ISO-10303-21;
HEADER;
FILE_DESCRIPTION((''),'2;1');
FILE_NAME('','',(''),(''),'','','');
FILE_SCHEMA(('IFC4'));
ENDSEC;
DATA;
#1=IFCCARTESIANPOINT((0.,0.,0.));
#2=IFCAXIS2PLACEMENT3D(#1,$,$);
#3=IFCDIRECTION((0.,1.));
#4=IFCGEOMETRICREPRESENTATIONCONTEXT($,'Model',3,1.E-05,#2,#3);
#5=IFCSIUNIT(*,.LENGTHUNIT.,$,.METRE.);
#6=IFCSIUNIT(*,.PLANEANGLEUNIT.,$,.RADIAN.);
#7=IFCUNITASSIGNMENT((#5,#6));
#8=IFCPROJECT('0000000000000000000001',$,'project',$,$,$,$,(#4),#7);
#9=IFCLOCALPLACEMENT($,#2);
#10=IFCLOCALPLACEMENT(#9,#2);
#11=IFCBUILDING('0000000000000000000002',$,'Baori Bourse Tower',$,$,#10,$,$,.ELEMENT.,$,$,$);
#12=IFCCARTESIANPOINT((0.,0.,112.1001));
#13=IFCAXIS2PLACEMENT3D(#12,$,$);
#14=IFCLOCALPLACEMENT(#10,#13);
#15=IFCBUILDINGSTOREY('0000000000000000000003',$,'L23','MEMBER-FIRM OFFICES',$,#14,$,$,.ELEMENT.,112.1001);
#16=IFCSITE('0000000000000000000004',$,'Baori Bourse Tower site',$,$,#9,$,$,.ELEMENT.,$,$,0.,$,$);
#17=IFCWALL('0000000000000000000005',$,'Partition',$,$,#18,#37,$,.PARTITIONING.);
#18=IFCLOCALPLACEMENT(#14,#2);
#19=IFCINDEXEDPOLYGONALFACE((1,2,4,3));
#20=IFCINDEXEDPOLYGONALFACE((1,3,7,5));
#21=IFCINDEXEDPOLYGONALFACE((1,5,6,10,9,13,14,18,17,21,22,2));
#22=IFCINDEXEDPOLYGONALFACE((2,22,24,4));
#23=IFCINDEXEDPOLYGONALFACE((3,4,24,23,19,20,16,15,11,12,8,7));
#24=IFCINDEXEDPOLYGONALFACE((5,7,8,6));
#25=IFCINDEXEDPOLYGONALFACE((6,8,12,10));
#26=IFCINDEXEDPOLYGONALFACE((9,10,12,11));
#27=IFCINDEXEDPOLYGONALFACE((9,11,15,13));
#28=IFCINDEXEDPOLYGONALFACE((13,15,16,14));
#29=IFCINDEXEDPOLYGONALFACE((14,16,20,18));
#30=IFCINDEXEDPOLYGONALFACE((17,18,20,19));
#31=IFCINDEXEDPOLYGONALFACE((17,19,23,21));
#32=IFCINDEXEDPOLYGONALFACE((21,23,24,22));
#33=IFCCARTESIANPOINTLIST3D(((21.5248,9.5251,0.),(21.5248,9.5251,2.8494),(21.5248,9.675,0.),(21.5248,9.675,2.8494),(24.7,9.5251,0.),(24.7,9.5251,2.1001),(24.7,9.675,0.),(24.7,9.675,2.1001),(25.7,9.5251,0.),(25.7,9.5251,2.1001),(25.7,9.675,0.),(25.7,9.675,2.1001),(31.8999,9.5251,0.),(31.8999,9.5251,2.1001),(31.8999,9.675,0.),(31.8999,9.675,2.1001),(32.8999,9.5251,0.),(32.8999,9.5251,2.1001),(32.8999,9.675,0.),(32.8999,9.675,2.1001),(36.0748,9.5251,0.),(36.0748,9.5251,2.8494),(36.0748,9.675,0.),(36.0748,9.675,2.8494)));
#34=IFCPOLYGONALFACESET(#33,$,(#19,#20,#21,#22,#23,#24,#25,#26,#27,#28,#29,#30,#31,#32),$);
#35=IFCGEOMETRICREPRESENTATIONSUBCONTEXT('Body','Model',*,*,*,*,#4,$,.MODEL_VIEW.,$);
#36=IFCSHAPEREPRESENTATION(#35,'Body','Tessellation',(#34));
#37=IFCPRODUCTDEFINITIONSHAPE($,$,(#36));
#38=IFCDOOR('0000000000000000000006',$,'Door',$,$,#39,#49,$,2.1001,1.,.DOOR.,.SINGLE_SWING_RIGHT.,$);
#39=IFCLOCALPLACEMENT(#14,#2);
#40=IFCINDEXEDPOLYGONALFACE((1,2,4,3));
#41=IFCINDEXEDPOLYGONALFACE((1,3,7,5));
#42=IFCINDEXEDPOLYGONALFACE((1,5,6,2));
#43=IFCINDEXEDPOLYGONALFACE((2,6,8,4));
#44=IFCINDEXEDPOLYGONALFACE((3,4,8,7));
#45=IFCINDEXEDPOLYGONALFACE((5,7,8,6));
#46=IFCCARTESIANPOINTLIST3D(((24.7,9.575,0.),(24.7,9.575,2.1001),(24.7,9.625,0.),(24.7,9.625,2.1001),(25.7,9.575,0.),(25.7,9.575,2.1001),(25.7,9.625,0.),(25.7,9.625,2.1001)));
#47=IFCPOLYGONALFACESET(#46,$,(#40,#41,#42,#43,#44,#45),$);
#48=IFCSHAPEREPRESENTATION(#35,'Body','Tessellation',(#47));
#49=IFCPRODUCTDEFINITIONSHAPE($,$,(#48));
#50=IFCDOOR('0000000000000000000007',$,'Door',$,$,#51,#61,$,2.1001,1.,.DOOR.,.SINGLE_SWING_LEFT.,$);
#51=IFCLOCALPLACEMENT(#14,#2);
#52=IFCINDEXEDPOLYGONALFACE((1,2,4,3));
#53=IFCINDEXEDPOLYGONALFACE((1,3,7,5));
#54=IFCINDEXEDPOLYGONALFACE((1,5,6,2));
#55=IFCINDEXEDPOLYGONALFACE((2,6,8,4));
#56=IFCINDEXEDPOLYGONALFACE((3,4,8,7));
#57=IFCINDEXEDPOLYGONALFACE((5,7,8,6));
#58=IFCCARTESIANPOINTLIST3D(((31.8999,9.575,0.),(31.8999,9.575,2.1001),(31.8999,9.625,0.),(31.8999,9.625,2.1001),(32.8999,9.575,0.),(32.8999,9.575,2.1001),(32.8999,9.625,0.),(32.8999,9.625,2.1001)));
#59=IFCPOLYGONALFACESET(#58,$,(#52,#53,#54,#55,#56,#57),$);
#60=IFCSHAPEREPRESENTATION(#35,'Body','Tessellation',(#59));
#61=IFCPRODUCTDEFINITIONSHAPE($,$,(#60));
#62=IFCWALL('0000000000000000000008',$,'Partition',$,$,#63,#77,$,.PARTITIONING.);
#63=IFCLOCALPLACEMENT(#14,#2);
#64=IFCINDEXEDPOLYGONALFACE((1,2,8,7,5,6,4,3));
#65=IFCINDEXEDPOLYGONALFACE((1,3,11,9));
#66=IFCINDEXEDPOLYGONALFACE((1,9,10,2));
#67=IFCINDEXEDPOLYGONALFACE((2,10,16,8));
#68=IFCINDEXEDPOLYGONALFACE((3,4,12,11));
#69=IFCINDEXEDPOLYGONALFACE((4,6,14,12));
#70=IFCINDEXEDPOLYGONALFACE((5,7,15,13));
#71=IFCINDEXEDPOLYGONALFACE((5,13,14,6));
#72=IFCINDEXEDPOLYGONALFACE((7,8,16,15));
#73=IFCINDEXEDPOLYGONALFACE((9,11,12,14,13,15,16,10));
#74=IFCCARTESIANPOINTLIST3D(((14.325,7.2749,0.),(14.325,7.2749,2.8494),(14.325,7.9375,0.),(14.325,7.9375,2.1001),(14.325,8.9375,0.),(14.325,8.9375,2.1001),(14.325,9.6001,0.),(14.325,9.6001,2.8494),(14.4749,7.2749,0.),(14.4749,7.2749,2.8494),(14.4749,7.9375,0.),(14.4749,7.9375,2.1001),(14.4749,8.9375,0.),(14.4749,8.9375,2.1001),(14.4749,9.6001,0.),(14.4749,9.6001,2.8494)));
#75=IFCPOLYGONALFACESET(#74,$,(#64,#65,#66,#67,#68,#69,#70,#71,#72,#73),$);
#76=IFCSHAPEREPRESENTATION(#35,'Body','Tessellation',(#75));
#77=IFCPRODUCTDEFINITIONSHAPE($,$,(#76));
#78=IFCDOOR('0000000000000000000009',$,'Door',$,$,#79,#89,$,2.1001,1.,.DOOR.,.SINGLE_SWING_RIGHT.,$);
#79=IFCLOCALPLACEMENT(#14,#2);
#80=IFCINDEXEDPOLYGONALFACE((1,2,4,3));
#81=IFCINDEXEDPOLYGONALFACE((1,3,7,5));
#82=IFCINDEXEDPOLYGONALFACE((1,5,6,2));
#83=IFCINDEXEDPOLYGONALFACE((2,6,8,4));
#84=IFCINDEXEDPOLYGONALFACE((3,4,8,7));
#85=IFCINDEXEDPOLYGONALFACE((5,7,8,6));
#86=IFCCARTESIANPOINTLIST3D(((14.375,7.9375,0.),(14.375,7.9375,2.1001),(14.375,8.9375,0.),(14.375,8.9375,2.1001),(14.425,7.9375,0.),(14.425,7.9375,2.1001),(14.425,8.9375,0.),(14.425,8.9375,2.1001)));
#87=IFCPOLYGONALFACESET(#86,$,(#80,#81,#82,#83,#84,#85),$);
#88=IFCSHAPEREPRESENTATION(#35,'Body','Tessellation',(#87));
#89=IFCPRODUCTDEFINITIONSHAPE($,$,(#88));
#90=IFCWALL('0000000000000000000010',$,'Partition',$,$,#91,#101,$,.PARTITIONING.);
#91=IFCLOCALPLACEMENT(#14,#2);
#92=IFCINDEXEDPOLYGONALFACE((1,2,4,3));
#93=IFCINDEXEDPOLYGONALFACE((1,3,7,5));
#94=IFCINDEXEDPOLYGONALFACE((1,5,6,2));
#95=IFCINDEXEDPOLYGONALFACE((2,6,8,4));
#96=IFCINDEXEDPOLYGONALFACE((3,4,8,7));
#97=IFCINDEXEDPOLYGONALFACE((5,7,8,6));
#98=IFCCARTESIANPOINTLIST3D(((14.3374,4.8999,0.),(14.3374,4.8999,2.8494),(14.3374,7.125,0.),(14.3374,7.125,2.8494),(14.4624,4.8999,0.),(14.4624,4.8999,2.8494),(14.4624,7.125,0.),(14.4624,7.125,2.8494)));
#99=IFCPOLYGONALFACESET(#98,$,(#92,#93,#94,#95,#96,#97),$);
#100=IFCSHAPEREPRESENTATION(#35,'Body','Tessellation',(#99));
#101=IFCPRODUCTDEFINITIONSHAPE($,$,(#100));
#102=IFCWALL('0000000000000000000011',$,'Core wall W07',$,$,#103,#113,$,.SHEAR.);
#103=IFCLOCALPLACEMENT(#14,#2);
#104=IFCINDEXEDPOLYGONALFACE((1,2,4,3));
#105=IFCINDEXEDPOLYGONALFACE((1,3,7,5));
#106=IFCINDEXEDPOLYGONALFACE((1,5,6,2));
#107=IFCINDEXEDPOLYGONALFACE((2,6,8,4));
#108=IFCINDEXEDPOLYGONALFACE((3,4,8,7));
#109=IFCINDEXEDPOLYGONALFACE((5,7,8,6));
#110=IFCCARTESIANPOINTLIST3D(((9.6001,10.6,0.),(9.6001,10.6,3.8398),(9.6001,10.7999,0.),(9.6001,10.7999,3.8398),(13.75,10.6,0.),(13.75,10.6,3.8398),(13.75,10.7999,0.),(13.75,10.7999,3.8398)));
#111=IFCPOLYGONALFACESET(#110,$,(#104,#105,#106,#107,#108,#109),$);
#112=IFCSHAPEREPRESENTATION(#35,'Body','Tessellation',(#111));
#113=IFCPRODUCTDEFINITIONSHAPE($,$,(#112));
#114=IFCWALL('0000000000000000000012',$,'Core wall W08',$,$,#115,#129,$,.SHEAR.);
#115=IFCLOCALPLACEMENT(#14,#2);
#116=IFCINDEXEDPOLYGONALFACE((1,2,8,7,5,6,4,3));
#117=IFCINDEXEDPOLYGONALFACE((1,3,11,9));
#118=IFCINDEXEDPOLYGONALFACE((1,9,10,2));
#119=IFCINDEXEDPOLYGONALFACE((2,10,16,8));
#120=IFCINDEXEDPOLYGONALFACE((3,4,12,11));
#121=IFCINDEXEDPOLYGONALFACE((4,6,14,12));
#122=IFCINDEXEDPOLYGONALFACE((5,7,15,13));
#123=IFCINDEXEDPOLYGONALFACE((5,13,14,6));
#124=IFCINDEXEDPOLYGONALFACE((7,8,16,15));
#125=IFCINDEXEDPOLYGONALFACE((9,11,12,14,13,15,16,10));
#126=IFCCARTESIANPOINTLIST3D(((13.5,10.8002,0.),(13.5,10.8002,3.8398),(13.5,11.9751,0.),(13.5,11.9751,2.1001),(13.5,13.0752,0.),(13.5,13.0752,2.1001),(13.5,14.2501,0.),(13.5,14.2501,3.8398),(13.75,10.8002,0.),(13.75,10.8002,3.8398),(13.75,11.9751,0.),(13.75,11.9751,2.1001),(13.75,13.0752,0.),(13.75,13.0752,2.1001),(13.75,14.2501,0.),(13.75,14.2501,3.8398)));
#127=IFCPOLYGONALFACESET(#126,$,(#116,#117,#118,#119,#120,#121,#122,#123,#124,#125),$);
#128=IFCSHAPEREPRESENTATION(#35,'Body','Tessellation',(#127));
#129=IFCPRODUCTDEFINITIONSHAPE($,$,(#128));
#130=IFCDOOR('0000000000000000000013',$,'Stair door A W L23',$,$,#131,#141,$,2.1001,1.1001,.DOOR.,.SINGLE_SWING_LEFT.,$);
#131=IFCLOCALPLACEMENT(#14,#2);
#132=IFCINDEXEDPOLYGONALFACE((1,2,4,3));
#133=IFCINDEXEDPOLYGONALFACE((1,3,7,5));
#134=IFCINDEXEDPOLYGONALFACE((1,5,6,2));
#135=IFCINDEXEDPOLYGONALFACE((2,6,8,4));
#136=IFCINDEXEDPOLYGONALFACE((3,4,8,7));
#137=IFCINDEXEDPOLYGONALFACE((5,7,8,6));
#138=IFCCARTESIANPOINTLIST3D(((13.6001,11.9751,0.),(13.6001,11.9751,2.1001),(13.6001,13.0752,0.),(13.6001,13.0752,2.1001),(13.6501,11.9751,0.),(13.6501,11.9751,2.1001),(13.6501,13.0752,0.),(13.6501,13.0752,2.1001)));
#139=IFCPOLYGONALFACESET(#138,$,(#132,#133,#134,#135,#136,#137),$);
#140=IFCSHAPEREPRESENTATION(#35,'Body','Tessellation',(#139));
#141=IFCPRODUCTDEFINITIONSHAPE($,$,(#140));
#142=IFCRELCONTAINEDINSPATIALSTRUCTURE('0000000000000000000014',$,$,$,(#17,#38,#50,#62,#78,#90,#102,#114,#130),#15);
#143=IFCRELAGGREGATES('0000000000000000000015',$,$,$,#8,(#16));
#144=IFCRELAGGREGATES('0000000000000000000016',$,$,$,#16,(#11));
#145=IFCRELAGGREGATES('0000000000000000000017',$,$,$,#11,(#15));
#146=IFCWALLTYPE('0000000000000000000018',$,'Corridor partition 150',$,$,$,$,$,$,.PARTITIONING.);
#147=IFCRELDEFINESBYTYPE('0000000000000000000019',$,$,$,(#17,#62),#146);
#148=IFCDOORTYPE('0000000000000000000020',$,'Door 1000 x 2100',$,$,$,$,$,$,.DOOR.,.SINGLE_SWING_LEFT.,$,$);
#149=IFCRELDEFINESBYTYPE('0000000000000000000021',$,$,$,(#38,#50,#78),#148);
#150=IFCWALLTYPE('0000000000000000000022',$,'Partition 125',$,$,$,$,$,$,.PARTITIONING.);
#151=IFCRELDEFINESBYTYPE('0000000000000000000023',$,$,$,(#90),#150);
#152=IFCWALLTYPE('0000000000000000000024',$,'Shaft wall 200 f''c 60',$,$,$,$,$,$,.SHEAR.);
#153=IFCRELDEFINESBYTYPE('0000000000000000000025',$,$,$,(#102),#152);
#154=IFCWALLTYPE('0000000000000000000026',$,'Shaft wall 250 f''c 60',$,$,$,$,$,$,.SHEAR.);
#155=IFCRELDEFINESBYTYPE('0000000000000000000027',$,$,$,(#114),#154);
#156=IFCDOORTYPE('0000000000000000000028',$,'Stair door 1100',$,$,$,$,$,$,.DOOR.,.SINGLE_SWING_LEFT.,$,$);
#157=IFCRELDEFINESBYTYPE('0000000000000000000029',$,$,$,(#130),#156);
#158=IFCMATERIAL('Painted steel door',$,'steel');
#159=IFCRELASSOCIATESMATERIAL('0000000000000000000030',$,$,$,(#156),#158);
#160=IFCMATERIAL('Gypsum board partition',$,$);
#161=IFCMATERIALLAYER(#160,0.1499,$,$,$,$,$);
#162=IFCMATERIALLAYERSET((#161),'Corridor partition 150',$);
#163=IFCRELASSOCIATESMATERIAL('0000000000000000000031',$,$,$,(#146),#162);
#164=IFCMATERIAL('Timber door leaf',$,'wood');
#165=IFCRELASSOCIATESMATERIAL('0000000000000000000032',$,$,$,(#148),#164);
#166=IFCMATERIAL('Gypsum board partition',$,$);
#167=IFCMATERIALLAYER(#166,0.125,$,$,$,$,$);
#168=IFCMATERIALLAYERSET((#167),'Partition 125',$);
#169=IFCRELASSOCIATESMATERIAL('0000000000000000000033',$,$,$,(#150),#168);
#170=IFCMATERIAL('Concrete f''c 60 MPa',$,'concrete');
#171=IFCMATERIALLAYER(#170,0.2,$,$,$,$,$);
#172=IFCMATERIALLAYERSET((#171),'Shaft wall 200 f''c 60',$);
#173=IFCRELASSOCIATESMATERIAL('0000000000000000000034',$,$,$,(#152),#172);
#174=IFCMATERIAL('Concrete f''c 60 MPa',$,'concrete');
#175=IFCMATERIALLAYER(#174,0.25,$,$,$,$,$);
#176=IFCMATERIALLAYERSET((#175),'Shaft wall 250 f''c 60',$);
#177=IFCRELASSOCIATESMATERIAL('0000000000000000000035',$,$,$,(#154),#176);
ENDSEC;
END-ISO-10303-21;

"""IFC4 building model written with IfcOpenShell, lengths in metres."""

from ifc_helpers import new_model, si_unit, direction, frame, frame_2d, origin, place, context, subcontext, project, spatial, rectangle, extrude, material, layer, layer_set, type_object, element, fill, save


model = new_model("IFC4")

# Units and contexts
model_context = context("Model", 3, precision=1e-05, world=origin(), true_north=direction((0.0, 1.0)))
body_context = subcontext(model_context, "Body", "Model", "MODEL_VIEW")
ifc_project = project(units=[si_unit("LENGTHUNIT", "METRE"), si_unit("PLANEANGLEUNIT", "RADIAN")], contexts=[model_context])

# Site, building, storey
site_placement = place(None, origin())
site = spatial("IfcSite", under=ifc_project, at=site_placement, Name="Baori Bourse Tower site", CompositionType="ELEMENT", RefElevation=0.0)
building_placement = place(site_placement, origin())
building = spatial("IfcBuilding", under=site, at=building_placement, Name="Baori Bourse Tower", CompositionType="ELEMENT")
storey_placement = place(building_placement, frame((0.0, 0.0, 112.1001)))
storey = spatial("IfcBuildingStorey", under=building, at=storey_placement, Name="L23", Description="MEMBER-FIRM OFFICES", CompositionType="ELEMENT", Elevation=112.1001)

# Shared definitions
ifc_material_1 = material(Name="Painted steel door", Category="steel")
door_type_1 = type_object("IfcDoorType", Name="Stair door 1100", OperationType="SINGLE_SWING_LEFT", PredefinedType="DOOR", material=ifc_material_1)

# Wall, openings, doors
ifc_material_2 = material(Name="Gypsum board partition")
ifc_layer_1 = layer(ifc_material_2, 0.1499)
ifc_layer_set_1 = layer_set([ifc_layer_1], Name="Corridor partition 150")
wall_type_1 = type_object("IfcWallType", Name="Corridor partition 150", PredefinedType="PARTITIONING", material=ifc_layer_set_1)
ifc_material_3 = material(Name="Timber door leaf", Category="wood")
door_type_2 = type_object("IfcDoorType", Name="Door 1000 x 2100", OperationType="SINGLE_SWING_LEFT", PredefinedType="DOOR", material=ifc_material_3)
wall_1_placement = place(storey_placement, frame((21.5249, 9.6001, 0.0), z_axis=(0.0, 0.0, 1.0), x_axis=(1.0, 0.0, 0.0)))
wall_1 = element("IfcWall", 1, at=wall_1_placement, inside=storey, type_object=wall_type_1, Name="Partition", PredefinedType="PARTITIONING", context=body_context, shape_type="SweptSolid", body=[
    extrude(rectangle(XDim=14.55, YDim=0.1499, at=frame_2d((7.2749, 0.0))), origin(), (0.0, 0.0, 1.0), 2.8494),
])
opening_1_placement = place(wall_1_placement, frame((3.175, 0.0, 0.0)))
opening_1 = element("IfcOpeningElement", 2, at=opening_1_placement, cuts=wall_1, PredefinedType="OPENING", context=body_context, shape_type="SweptSolid", body=[
    extrude(rectangle(XDim=1.0, YDim=2.1001, at=frame_2d((0.5, 1.05))), frame((0.0, 0.085, 0.0), z_axis=(0.0, -1.0, 0.0), x_axis=(1.0, 0.0, 0.0)), (0.0, 0.0, 1.0), 0.1699),
])
opening_2_placement = place(wall_1_placement, frame((10.375, 0.0, 0.0)))
opening_2 = element("IfcOpeningElement", 3, at=opening_2_placement, cuts=wall_1, PredefinedType="OPENING", context=body_context, shape_type="SweptSolid", body=[
    extrude(rectangle(XDim=1.0, YDim=2.1001, at=frame_2d((0.5, 1.05))), frame((0.0, 0.085, 0.0), z_axis=(0.0, -1.0, 0.0), x_axis=(1.0, 0.0, 0.0)), (0.0, 0.0, 1.0), 0.1699),
])
door_1_placement = place(opening_1_placement, origin())
door_1 = element("IfcDoor", 4, at=door_1_placement, inside=storey, type_object=door_type_2, Name="Door", OperationType="SINGLE_SWING_RIGHT", OverallHeight=2.1001, OverallWidth=1.0, PredefinedType="DOOR", context=body_context, shape_type="SweptSolid", body=[
    extrude(rectangle(XDim=1.0, YDim=2.1001, at=frame_2d((0.5, 1.05))), frame((0.0, 0.0249, 0.0), z_axis=(0.0, -1.0, 0.0), x_axis=(1.0, 0.0, 0.0)), (0.0, 0.0, 1.0), 0.05),
])
fill(opening_1, door_1)
door_2_placement = place(opening_2_placement, origin())
door_2 = element("IfcDoor", 5, at=door_2_placement, inside=storey, type_object=door_type_2, Name="Door", OperationType="SINGLE_SWING_LEFT", OverallHeight=2.1001, OverallWidth=1.0, PredefinedType="DOOR", context=body_context, shape_type="SweptSolid", body=[
    extrude(rectangle(XDim=1.0, YDim=2.1001, at=frame_2d((0.5, 1.05))), frame((0.0, 0.0249, 0.0), z_axis=(0.0, -1.0, 0.0), x_axis=(1.0, 0.0, 0.0)), (0.0, 0.0, 1.0), 0.05),
])
fill(opening_2, door_2)

# Wall, opening, door
wall_2_placement = place(storey_placement, frame((14.3999, 7.2749, 0.0), z_axis=(0.0, 0.0, 1.0), x_axis=(0.0, 1.0, 0.0)))
wall_2 = element("IfcWall", 6, at=wall_2_placement, inside=storey, type_object=wall_type_1, Name="Partition", PredefinedType="PARTITIONING", context=body_context, shape_type="SweptSolid", body=[
    extrude(rectangle(XDim=2.3252, YDim=0.1499, at=frame_2d((1.1626, 0.0))), origin(), (0.0, 0.0, 1.0), 2.8494),
])
opening_3_placement = place(wall_2_placement, frame((0.6626, 0.0, 0.0)))
opening_3 = element("IfcOpeningElement", 7, at=opening_3_placement, cuts=wall_2, PredefinedType="OPENING", context=body_context, shape_type="SweptSolid", body=[
    extrude(rectangle(XDim=1.0, YDim=2.1001, at=frame_2d((0.5, 1.05))), frame((0.0, 0.085, 0.0), z_axis=(0.0, -1.0, 0.0), x_axis=(1.0, 0.0, 0.0)), (0.0, 0.0, 1.0), 0.1699),
])
door_3_placement = place(opening_3_placement, origin())
door_3 = element("IfcDoor", 8, at=door_3_placement, inside=storey, type_object=door_type_2, Name="Door", OperationType="SINGLE_SWING_RIGHT", OverallHeight=2.1001, OverallWidth=1.0, PredefinedType="DOOR", context=body_context, shape_type="SweptSolid", body=[
    extrude(rectangle(XDim=1.0, YDim=2.1001, at=frame_2d((0.5, 1.05))), frame((0.0, 0.0249, 0.0), z_axis=(0.0, -1.0, 0.0), x_axis=(1.0, 0.0, 0.0)), (0.0, 0.0, 1.0), 0.05),
])
fill(opening_3, door_3)

# Walls
ifc_material_4 = material(Name="Gypsum board partition")
ifc_layer_2 = layer(ifc_material_4, 0.125)
ifc_layer_set_2 = layer_set([ifc_layer_2], Name="Partition 125")
wall_type_2 = type_object("IfcWallType", Name="Partition 125", PredefinedType="PARTITIONING", material=ifc_layer_set_2)
wall_3_placement = place(storey_placement, frame((14.3999, 4.8999, 0.0), z_axis=(0.0, 0.0, 1.0), x_axis=(0.0, 1.0, 0.0)))
element("IfcWall", 9, at=wall_3_placement, inside=storey, type_object=wall_type_2, Name="Partition", PredefinedType="PARTITIONING", context=body_context, shape_type="SweptSolid", body=[
    extrude(rectangle(XDim=2.2251, YDim=0.125, at=frame_2d((1.1125, 0.0))), origin(), (0.0, 0.0, 1.0), 2.8494),
])
ifc_material_5 = material(Name="Concrete f'c 60 MPa", Category="concrete")
ifc_layer_3 = layer(ifc_material_5, 0.2)
ifc_layer_set_3 = layer_set([ifc_layer_3], Name="Shaft wall 200 f'c 60")
wall_type_3 = type_object("IfcWallType", Name="Shaft wall 200 f'c 60", PredefinedType="SHEAR", material=ifc_layer_set_3)
wall_4_placement = place(storey_placement, frame((9.6001, 10.7, 0.0), z_axis=(0.0, 0.0, 1.0), x_axis=(1.0, 0.0, 0.0)))
element("IfcWall", 10, at=wall_4_placement, inside=storey, type_object=wall_type_3, Name="Core wall W07", PredefinedType="SHEAR", context=body_context, shape_type="SweptSolid", body=[
    extrude(rectangle(XDim=4.1499, YDim=0.2, at=frame_2d((2.075, 0.0))), origin(), (0.0, 0.0, 1.0), 3.8398),
])

# Wall, opening, door
ifc_material_6 = material(Name="Concrete f'c 60 MPa", Category="concrete")
ifc_layer_4 = layer(ifc_material_6, 0.25)
ifc_layer_set_4 = layer_set([ifc_layer_4], Name="Shaft wall 250 f'c 60")
wall_type_4 = type_object("IfcWallType", Name="Shaft wall 250 f'c 60", PredefinedType="SHEAR", material=ifc_layer_set_4)
wall_5_placement = place(storey_placement, frame((13.625, 10.8, 0.0), z_axis=(0.0, 0.0, 1.0), x_axis=(0.0, 1.0, 0.0)))
wall_5 = element("IfcWall", 11, at=wall_5_placement, inside=storey, type_object=wall_type_4, Name="Core wall W08", PredefinedType="SHEAR", context=body_context, shape_type="SweptSolid", body=[
    extrude(rectangle(XDim=3.45, YDim=0.25, at=frame_2d((1.7251, 0.0))), origin(), (0.0, 0.0, 1.0), 3.8398),
])
opening_4_placement = place(wall_5_placement, frame((1.175, 0.0, 0.0)))
opening_4 = element("IfcOpeningElement", 12, at=opening_4_placement, cuts=wall_5, PredefinedType="OPENING", context=body_context, shape_type="SweptSolid", body=[
    extrude(rectangle(XDim=1.1001, YDim=2.1001, at=frame_2d((0.55, 1.05))), frame((0.0, 0.135, 0.0), z_axis=(0.0, -1.0, 0.0), x_axis=(1.0, 0.0, 0.0)), (0.0, 0.0, 1.0), 0.27),
])
door_4_placement = place(opening_4_placement, origin())
door_4 = element("IfcDoor", 13, at=door_4_placement, inside=storey, type_object=door_type_1, Name="Stair door A W L23", OperationType="SINGLE_SWING_LEFT", OverallHeight=2.1001, OverallWidth=1.1001, PredefinedType="DOOR", context=body_context, shape_type="SweptSolid", body=[
    extrude(rectangle(XDim=1.1001, YDim=2.1001, at=frame_2d((0.55, 1.05))), frame((0.0, 0.0249, 0.0), z_axis=(0.0, -1.0, 0.0), x_axis=(1.0, 0.0, 0.0)), (0.0, 0.0, 1.0), 0.05),
])
fill(opening_4, door_4)

save(model, "model.ifc")
